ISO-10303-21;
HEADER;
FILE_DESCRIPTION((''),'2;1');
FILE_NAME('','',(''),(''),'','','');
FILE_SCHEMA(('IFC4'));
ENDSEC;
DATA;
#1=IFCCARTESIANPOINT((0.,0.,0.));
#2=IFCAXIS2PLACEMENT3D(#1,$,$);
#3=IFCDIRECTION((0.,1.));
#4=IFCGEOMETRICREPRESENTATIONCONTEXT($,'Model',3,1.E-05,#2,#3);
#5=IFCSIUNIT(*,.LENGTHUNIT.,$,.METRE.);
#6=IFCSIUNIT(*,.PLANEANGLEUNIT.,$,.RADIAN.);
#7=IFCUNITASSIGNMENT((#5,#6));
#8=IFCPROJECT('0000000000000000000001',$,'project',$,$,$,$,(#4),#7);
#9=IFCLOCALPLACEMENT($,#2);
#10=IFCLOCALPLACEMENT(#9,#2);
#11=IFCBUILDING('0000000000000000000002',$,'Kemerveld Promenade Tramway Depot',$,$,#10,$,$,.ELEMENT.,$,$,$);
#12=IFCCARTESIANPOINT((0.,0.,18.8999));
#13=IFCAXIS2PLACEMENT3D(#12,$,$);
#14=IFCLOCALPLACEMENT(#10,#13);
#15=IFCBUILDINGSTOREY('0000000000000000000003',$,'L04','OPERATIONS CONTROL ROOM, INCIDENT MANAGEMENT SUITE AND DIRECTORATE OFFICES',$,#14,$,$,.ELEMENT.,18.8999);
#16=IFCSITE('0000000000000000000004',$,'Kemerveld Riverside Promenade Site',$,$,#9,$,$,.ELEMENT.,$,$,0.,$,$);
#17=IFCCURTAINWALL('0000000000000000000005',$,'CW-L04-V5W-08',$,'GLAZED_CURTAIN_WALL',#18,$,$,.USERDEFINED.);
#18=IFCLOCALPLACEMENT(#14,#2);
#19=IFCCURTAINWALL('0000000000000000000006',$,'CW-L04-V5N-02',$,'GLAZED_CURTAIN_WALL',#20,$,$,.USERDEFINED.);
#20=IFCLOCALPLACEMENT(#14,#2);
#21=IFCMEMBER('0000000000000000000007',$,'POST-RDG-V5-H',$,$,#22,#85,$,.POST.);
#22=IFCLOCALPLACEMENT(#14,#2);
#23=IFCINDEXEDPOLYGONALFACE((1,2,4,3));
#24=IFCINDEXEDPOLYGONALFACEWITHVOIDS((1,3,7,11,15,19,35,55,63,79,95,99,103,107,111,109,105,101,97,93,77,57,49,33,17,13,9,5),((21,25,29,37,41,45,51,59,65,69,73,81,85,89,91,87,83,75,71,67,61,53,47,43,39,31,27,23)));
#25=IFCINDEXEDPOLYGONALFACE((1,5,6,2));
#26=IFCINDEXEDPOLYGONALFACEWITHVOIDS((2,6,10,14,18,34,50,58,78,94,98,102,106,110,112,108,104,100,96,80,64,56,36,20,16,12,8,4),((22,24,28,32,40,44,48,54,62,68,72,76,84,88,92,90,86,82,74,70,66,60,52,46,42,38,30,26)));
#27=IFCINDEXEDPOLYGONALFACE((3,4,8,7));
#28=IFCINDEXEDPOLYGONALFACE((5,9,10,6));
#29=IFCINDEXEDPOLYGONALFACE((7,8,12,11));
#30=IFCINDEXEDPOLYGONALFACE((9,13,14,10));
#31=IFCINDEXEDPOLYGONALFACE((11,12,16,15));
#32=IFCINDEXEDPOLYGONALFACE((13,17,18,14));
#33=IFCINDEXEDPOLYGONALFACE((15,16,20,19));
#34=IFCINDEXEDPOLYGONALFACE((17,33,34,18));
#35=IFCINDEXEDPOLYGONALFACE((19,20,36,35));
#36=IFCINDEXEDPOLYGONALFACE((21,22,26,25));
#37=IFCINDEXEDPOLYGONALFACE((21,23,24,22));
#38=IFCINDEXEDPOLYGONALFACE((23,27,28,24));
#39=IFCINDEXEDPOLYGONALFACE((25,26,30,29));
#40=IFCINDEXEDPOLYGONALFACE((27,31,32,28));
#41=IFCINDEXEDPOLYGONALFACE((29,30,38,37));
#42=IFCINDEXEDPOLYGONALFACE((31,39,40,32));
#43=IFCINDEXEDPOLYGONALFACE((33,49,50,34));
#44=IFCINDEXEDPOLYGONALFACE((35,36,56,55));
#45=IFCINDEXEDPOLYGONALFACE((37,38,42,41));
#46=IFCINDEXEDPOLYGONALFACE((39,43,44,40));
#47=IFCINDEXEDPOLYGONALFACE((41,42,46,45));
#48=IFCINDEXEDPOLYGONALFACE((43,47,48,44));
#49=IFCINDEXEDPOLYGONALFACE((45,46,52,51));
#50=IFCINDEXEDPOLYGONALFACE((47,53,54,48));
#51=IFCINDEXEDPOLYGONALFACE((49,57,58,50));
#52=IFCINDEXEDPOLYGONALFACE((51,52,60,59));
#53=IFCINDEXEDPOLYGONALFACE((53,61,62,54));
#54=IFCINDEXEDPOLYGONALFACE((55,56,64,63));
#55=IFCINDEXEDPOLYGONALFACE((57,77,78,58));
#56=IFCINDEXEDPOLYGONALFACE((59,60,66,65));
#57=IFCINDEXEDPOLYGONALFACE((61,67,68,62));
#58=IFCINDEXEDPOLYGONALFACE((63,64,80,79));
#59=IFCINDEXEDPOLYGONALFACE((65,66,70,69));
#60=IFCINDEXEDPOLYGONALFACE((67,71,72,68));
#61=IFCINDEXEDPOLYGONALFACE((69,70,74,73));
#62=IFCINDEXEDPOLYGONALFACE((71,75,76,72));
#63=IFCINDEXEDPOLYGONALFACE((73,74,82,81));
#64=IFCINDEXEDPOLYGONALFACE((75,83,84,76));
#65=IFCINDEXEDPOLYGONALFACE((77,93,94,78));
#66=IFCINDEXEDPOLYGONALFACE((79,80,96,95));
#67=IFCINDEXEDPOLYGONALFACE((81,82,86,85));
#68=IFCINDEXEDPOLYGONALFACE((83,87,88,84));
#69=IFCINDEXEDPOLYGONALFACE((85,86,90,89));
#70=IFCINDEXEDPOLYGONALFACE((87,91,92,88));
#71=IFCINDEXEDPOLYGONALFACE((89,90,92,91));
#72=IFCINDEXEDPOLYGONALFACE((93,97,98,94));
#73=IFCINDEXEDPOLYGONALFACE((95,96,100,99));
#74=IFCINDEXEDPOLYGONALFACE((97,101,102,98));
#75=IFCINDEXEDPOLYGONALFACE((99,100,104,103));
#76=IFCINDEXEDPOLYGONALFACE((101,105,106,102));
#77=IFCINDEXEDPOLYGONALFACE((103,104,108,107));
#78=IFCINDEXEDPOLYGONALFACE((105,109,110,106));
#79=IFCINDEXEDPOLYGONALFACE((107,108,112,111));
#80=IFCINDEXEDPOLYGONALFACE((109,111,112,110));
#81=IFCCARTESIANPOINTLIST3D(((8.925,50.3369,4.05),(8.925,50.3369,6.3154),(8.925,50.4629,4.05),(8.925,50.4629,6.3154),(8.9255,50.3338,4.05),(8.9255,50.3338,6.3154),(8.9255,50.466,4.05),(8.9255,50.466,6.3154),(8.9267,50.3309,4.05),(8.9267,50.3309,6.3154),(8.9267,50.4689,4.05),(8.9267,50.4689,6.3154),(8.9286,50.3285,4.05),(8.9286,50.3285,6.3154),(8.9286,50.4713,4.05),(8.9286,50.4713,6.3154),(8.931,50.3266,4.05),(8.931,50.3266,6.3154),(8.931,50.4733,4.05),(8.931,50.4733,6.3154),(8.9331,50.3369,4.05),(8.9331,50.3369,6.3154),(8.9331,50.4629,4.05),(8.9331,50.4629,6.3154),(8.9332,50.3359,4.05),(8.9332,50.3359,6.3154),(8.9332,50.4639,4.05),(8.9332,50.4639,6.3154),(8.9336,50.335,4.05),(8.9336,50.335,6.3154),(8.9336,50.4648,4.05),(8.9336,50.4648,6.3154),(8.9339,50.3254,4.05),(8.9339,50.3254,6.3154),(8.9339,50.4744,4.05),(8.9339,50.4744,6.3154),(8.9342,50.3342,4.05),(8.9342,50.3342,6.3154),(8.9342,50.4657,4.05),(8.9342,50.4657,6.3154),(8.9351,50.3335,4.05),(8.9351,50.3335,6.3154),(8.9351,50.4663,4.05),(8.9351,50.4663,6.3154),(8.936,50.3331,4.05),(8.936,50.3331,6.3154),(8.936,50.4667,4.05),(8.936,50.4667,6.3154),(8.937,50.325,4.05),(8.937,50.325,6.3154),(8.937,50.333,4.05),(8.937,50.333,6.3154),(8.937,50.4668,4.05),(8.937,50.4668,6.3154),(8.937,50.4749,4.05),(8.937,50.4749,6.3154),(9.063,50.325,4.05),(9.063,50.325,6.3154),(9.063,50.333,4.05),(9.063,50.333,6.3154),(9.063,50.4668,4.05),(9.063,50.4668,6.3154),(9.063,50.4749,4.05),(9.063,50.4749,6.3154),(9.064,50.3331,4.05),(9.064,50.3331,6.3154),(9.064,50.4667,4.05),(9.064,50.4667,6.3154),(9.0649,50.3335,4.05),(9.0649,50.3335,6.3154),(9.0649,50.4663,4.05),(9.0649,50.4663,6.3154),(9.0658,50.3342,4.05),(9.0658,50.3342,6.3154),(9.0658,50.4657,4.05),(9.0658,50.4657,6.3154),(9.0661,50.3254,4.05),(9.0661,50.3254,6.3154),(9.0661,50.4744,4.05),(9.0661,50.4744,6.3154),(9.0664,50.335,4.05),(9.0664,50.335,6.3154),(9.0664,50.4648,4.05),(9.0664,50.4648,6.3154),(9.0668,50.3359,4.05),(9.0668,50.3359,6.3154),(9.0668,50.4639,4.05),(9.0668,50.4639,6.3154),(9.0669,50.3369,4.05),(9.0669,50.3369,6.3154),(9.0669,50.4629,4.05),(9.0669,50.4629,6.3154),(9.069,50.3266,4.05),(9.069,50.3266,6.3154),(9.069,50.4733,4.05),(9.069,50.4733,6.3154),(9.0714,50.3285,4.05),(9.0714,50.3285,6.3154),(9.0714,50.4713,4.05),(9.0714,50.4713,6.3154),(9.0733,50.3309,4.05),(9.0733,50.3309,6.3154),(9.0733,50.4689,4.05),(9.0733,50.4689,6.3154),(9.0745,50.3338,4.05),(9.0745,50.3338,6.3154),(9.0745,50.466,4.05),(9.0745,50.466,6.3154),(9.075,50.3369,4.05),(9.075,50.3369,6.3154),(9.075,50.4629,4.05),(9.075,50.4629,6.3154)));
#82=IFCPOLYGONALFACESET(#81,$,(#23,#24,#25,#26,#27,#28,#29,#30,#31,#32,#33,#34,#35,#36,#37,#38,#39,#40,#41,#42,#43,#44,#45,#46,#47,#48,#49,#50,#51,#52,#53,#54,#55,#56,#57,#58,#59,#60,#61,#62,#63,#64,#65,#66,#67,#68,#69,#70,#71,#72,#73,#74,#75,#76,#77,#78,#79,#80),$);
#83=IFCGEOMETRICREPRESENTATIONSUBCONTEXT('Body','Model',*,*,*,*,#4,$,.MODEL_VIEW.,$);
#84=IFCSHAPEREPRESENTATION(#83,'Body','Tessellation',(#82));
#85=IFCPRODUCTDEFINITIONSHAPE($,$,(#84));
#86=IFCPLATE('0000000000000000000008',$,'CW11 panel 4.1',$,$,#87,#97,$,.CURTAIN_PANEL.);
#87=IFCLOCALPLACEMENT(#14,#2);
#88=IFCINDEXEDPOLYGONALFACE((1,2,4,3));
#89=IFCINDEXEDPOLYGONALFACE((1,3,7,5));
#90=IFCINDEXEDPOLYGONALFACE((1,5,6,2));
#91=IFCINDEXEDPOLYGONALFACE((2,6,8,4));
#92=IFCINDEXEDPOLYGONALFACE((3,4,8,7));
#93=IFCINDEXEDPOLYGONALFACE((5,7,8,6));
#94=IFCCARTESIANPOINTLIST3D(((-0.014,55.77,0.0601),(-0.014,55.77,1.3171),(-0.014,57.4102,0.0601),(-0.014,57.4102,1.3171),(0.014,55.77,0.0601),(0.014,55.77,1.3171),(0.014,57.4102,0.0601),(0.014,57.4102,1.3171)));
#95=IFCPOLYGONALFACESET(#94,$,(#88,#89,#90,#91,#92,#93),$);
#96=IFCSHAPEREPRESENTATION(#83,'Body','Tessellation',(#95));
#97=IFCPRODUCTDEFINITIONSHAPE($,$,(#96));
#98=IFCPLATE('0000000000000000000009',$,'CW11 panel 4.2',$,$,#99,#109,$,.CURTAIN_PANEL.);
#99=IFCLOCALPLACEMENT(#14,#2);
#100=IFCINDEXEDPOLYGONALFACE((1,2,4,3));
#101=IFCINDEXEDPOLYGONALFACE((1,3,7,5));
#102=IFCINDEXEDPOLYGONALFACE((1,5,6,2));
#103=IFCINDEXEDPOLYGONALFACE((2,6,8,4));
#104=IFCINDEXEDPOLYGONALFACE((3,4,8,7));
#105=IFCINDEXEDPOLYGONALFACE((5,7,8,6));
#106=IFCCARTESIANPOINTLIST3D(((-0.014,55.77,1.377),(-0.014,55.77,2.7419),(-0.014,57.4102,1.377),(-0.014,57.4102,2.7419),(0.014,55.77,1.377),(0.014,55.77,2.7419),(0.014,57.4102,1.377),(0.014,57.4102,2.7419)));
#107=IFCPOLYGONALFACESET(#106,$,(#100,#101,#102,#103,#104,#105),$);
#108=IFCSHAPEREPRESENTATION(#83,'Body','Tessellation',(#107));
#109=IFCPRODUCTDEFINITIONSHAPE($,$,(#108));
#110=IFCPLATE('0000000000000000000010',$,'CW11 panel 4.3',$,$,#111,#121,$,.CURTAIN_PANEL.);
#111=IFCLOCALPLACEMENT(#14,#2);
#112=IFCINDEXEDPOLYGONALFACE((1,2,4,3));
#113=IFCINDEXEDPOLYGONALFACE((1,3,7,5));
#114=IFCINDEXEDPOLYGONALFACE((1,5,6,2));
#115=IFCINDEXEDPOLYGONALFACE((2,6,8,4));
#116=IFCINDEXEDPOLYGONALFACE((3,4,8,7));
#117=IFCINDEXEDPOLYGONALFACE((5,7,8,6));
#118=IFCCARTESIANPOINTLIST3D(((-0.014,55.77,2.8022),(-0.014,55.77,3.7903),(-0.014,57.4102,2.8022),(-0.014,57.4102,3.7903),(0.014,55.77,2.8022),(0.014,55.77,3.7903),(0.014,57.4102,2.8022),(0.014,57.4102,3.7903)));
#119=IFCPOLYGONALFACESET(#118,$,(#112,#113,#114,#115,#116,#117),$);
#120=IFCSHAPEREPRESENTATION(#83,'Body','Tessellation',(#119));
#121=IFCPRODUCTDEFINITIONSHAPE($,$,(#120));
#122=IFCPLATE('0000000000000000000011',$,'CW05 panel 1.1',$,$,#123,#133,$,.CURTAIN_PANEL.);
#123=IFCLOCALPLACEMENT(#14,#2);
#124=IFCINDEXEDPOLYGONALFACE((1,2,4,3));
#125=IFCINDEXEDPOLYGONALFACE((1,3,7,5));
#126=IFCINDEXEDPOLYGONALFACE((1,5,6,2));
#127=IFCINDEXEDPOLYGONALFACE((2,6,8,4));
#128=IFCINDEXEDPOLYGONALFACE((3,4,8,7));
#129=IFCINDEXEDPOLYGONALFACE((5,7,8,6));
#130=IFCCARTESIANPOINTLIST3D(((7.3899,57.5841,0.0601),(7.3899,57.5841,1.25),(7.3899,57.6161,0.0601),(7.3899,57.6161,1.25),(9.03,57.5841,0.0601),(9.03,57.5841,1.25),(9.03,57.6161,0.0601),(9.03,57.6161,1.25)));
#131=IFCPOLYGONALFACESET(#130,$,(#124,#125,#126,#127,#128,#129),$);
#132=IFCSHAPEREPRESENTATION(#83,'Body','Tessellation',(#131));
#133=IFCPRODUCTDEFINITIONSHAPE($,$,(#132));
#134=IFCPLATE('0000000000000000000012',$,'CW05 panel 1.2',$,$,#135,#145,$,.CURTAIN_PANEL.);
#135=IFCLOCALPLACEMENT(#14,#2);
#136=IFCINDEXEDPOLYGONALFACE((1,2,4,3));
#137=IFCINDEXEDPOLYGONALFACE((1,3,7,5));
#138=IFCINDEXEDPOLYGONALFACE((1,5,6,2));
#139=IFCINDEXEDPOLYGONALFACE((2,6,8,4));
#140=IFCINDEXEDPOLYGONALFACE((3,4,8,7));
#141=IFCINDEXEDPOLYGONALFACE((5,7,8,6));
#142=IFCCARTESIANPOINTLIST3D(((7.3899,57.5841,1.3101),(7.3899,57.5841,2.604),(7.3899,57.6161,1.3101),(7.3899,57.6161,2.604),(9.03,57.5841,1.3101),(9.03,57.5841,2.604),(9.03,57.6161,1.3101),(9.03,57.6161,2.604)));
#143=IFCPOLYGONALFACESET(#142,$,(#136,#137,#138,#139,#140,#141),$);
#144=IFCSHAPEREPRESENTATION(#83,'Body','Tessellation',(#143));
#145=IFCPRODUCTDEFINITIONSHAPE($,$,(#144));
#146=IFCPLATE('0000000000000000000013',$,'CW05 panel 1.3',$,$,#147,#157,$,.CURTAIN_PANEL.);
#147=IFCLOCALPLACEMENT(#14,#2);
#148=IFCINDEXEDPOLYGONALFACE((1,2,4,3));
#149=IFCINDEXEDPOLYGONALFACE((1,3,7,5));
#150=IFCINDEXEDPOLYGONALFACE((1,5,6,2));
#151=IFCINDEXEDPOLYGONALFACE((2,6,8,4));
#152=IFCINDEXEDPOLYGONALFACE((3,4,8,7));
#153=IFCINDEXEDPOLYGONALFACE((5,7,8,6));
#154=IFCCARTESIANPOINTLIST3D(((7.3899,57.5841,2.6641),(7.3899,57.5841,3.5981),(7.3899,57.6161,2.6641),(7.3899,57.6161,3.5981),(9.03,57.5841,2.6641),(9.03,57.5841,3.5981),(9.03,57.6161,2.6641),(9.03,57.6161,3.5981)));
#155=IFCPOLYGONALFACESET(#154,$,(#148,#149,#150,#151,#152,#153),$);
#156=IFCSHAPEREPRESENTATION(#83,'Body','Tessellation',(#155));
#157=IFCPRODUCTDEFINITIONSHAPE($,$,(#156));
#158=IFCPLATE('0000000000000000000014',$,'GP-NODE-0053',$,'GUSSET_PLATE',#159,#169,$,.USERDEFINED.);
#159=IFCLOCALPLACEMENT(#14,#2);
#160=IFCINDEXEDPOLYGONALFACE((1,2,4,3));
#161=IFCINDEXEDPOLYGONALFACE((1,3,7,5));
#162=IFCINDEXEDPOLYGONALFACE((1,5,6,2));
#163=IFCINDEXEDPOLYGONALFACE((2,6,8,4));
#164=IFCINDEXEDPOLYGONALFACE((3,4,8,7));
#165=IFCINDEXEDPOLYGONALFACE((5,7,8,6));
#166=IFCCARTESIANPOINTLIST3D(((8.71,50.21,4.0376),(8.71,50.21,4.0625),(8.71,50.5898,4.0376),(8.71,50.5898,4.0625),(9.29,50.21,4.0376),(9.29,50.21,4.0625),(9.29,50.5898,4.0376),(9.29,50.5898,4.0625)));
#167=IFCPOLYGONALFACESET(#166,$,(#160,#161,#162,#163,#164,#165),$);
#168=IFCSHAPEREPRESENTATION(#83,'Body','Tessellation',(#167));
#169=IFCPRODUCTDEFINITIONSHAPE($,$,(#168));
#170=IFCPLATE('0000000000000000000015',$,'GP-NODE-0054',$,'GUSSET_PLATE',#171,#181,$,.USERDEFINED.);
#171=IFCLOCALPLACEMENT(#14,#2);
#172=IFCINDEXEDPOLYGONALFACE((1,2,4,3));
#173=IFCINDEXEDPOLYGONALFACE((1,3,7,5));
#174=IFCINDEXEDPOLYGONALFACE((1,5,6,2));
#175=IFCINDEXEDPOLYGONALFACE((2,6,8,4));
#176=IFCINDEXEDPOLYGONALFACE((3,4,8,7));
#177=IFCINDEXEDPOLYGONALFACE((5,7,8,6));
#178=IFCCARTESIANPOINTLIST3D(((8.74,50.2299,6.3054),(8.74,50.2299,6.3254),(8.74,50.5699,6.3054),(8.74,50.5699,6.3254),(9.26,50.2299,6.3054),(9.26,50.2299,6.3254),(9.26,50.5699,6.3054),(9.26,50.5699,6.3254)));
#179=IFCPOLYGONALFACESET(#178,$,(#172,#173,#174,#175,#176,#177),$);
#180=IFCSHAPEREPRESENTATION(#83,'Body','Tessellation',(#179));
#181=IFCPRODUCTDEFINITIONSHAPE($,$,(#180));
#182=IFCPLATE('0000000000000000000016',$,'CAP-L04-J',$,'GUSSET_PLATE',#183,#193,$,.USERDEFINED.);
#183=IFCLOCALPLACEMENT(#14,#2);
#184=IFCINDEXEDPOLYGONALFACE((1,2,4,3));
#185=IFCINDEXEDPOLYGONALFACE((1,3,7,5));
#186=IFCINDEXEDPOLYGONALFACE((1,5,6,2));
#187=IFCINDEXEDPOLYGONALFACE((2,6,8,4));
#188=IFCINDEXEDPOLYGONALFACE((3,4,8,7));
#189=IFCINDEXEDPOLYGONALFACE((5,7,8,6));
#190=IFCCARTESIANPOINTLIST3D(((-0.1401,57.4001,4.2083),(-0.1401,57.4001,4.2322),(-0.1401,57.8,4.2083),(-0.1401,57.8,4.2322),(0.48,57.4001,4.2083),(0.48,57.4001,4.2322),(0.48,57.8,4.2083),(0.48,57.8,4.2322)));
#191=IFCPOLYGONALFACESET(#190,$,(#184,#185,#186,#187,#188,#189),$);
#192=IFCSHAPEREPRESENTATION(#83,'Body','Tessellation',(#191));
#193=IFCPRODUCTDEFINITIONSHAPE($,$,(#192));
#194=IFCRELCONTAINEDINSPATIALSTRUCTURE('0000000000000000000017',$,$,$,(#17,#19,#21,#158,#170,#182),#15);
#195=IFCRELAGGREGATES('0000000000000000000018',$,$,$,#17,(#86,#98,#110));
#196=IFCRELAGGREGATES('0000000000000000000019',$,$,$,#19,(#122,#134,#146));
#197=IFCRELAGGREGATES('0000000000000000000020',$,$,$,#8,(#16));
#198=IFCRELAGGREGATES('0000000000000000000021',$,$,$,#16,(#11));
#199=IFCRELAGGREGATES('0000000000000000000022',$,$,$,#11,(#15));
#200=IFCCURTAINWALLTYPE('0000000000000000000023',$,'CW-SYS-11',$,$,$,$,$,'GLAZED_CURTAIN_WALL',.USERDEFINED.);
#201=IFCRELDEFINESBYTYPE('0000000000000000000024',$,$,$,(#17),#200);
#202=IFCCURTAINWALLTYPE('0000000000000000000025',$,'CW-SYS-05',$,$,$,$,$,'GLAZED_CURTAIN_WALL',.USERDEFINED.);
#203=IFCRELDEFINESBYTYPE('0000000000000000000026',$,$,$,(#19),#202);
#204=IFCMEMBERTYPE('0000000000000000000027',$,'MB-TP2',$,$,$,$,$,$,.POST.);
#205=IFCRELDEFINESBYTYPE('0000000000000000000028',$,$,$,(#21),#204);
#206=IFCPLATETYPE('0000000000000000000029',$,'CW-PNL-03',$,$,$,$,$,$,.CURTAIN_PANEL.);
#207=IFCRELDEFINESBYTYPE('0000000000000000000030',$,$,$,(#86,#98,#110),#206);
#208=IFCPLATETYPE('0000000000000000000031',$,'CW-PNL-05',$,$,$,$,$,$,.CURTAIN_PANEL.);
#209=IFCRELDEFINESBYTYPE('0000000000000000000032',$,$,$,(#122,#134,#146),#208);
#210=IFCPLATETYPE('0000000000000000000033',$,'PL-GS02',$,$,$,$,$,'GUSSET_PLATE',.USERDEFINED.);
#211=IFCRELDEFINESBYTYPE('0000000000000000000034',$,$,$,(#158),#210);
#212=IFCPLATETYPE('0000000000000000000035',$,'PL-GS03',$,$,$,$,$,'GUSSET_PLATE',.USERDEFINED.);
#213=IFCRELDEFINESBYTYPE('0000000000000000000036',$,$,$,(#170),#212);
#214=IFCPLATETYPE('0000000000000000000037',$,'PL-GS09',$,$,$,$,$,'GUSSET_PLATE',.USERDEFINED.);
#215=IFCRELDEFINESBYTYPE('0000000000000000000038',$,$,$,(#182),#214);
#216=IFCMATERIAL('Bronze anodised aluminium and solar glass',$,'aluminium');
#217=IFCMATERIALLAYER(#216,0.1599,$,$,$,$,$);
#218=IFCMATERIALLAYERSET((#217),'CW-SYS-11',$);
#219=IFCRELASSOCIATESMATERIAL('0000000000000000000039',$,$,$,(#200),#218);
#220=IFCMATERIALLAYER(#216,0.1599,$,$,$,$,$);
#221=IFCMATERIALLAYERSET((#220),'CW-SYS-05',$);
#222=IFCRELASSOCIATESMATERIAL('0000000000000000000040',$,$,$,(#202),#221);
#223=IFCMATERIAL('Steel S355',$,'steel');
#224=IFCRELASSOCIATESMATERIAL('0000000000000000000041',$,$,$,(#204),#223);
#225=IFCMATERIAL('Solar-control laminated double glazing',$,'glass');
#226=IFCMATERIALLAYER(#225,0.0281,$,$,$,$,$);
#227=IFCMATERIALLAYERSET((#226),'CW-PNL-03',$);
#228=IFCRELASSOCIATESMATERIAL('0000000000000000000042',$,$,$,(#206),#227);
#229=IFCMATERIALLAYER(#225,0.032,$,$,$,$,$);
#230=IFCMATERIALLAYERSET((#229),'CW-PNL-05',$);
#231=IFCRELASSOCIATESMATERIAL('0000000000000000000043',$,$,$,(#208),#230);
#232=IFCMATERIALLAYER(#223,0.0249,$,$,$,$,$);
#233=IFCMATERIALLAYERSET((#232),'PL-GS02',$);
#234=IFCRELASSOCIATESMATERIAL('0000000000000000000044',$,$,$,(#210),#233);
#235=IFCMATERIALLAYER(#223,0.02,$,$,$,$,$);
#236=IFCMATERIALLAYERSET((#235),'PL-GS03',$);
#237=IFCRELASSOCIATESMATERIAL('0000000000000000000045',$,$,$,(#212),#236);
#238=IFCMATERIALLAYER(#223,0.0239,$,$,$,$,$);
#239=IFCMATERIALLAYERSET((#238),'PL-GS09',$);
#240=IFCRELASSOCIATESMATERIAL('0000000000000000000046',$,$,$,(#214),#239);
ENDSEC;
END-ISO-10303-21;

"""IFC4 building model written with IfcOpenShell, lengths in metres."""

from ifc_helpers import new_model, si_unit, direction, frame, origin, origin_2d, place, context, subcontext, project, spatial, rectangle, hollow_rectangle, extrude, material, layer, layer_set, material_profile, profile_set, type_object, element, aggregate, save


model = new_model("IFC4")

# Units and contexts
model_context = context("Model", 3, precision=1e-05, world=origin(), true_north=direction((0.0, 1.0)))
body_context = subcontext(model_context, "Body", "Model", "MODEL_VIEW")
ifc_project = project(units=[si_unit("LENGTHUNIT", "METRE"), si_unit("PLANEANGLEUNIT", "RADIAN")], contexts=[model_context])

# Site, building, storey
site_placement = place(None, origin())
site = spatial("IfcSite", under=ifc_project, at=site_placement, Name="Kemerveld Riverside Promenade Site", CompositionType="ELEMENT", RefElevation=0.0)
building_placement = place(site_placement, origin())
building = spatial("IfcBuilding", under=site, at=building_placement, Name="Kemerveld Promenade Tramway Depot", CompositionType="ELEMENT")
storey_placement = place(building_placement, frame((0.0, 0.0, 18.8999)))
storey = spatial("IfcBuildingStorey", under=building, at=storey_placement, Name="L04", Description="OPERATIONS CONTROL ROOM, INCIDENT MANAGEMENT SUITE AND DIRECTORATE OFFICES", CompositionType="ELEMENT", Elevation=18.8999)

# Shared definitions
ifc_material_1 = material(Name="Steel S355", Category="steel")

# Curtain walls
ifc_material_2 = material(Name="Bronze anodised aluminium and solar glass", Category="aluminium")
ifc_layer_1 = layer(ifc_material_2, 0.1599)
ifc_layer_set_1 = layer_set([ifc_layer_1], Name="CW-SYS-11")
curtain_wall_type_1 = type_object("IfcCurtainWallType", Name="CW-SYS-11", ElementType="GLAZED_CURTAIN_WALL", PredefinedType="USERDEFINED", material=ifc_layer_set_1)
curtain_wall_1_placement = place(storey_placement, origin())
curtain_wall_1 = element("IfcCurtainWall", 1, at=curtain_wall_1_placement, inside=storey, type_object=curtain_wall_type_1, Name="CW-L04-V5W-08", ObjectType="GLAZED_CURTAIN_WALL", PredefinedType="USERDEFINED")
ifc_layer_2 = layer(ifc_material_2, 0.1599)
ifc_layer_set_2 = layer_set([ifc_layer_2], Name="CW-SYS-05")
curtain_wall_type_2 = type_object("IfcCurtainWallType", Name="CW-SYS-05", ElementType="GLAZED_CURTAIN_WALL", PredefinedType="USERDEFINED", material=ifc_layer_set_2)
curtain_wall_2_placement = place(storey_placement, origin())
curtain_wall_2 = element("IfcCurtainWall", 2, at=curtain_wall_2_placement, inside=storey, type_object=curtain_wall_type_2, Name="CW-L04-V5N-02", ObjectType="GLAZED_CURTAIN_WALL", PredefinedType="USERDEFINED")

# Member
ifc_material_profile_1 = material_profile(ifc_material_1, hollow_rectangle(XDim=0.1499, YDim=0.1499, WallThickness=0.0081, InnerFilletRadius=0.0039, OuterFilletRadius=0.012, at=origin_2d()), Name="150x150x8.0 SHS")
ifc_profile_set_1 = profile_set([ifc_material_profile_1], Name="Steel S355")
member_type_1 = type_object("IfcMemberType", Name="MB-TP2", PredefinedType="POST", material=ifc_profile_set_1)
member_1_placement = place(storey_placement, frame((9.0, 50.3999, 4.05), z_axis=(0.0, 0.0, 1.0), x_axis=(1.0, 0.0, 0.0)))
element("IfcMember", 3, at=member_1_placement, inside=storey, type_object=member_type_1, Name="POST-RDG-V5-H", PredefinedType="POST", context=body_context, shape_type="SweptSolid", body=[
    extrude(hollow_rectangle(XDim=0.1499, YDim=0.1499, WallThickness=0.0081, InnerFilletRadius=0.0039, OuterFilletRadius=0.012, at=origin_2d()), origin(), (0.0, 0.0, 1.0), 2.2654),
])

# Plates
ifc_material_3 = material(Name="Solar-control laminated double glazing", Category="glass")
ifc_layer_3 = layer(ifc_material_3, 0.0281)
ifc_layer_set_3 = layer_set([ifc_layer_3], Name="CW-PNL-03")
plate_type_1 = type_object("IfcPlateType", Name="CW-PNL-03", PredefinedType="CURTAIN_PANEL", material=ifc_layer_set_3)
plate_1_placement = place(storey_placement, frame((0.0, 56.5901, 0.0601), z_axis=(0.0, 0.0, 1.0), x_axis=(0.0, 1.0, 0.0)))
plate_1 = element("IfcPlate", 4, at=plate_1_placement, type_object=plate_type_1, Name="CW11 panel 4.1", PredefinedType="CURTAIN_PANEL", context=body_context, shape_type="SweptSolid", body=[
    extrude(rectangle(XDim=1.6401, YDim=0.0281, at=origin_2d()), origin(), (0.0, 0.0, 1.0), 1.2571),
])
plate_2_placement = place(storey_placement, frame((0.0, 56.5901, 1.377), z_axis=(0.0, 0.0, 1.0), x_axis=(0.0, 1.0, 0.0)))
plate_2 = element("IfcPlate", 5, at=plate_2_placement, type_object=plate_type_1, Name="CW11 panel 4.2", PredefinedType="CURTAIN_PANEL", context=body_context, shape_type="SweptSolid", body=[
    extrude(rectangle(XDim=1.6401, YDim=0.0281, at=origin_2d()), origin(), (0.0, 0.0, 1.0), 1.365),
])
plate_3_placement = place(storey_placement, frame((0.0, 56.5901, 2.8022), z_axis=(0.0, 0.0, 1.0), x_axis=(0.0, 1.0, 0.0)))
plate_3 = element("IfcPlate", 6, at=plate_3_placement, type_object=plate_type_1, Name="CW11 panel 4.3", PredefinedType="CURTAIN_PANEL", context=body_context, shape_type="SweptSolid", body=[
    extrude(rectangle(XDim=1.6401, YDim=0.0281, at=origin_2d()), origin(), (0.0, 0.0, 1.0), 0.988),
])
aggregate(curtain_wall_1, [plate_1, plate_2, plate_3])
ifc_layer_4 = layer(ifc_material_3, 0.032)
ifc_layer_set_4 = layer_set([ifc_layer_4], Name="CW-PNL-05")
plate_type_2 = type_object("IfcPlateType", Name="CW-PNL-05", PredefinedType="CURTAIN_PANEL", material=ifc_layer_set_4)
plate_4_placement = place(storey_placement, frame((8.21, 57.6001, 0.0601), z_axis=(0.0, 0.0, 1.0), x_axis=(1.0, 0.0, 0.0)))
plate_4 = element("IfcPlate", 7, at=plate_4_placement, type_object=plate_type_2, Name="CW05 panel 1.1", PredefinedType="CURTAIN_PANEL", context=body_context, shape_type="SweptSolid", body=[
    extrude(rectangle(XDim=1.6401, YDim=0.032, at=origin_2d()), origin(), (0.0, 0.0, 1.0), 1.1899),
])
plate_5_placement = place(storey_placement, frame((8.21, 57.6001, 1.3101), z_axis=(0.0, 0.0, 1.0), x_axis=(1.0, 0.0, 0.0)))
plate_5 = element("IfcPlate", 8, at=plate_5_placement, type_object=plate_type_2, Name="CW05 panel 1.2", PredefinedType="CURTAIN_PANEL", context=body_context, shape_type="SweptSolid", body=[
    extrude(rectangle(XDim=1.6401, YDim=0.032, at=origin_2d()), origin(), (0.0, 0.0, 1.0), 1.2939),
])
plate_6_placement = place(storey_placement, frame((8.21, 57.6001, 2.6641), z_axis=(0.0, 0.0, 1.0), x_axis=(1.0, 0.0, 0.0)))
plate_6 = element("IfcPlate", 9, at=plate_6_placement, type_object=plate_type_2, Name="CW05 panel 1.3", PredefinedType="CURTAIN_PANEL", context=body_context, shape_type="SweptSolid", body=[
    extrude(rectangle(XDim=1.6401, YDim=0.032, at=origin_2d()), origin(), (0.0, 0.0, 1.0), 0.9341),
])
aggregate(curtain_wall_2, [plate_4, plate_5, plate_6])

# Plates
ifc_layer_5 = layer(ifc_material_1, 0.0249)
ifc_layer_set_5 = layer_set([ifc_layer_5], Name="PL-GS02")
plate_type_3 = type_object("IfcPlateType", Name="PL-GS02", ElementType="GUSSET_PLATE", PredefinedType="USERDEFINED", material=ifc_layer_set_5)
plate_7_placement = place(storey_placement, frame((9.0, 50.3999, 4.0376), z_axis=(0.0, 0.0, 1.0), x_axis=(1.0, 0.0, 0.0)))
element("IfcPlate", 10, at=plate_7_placement, inside=storey, type_object=plate_type_3, Name="GP-NODE-0053", ObjectType="GUSSET_PLATE", PredefinedType="USERDEFINED", context=body_context, shape_type="SweptSolid", body=[
    extrude(rectangle(XDim=0.5801, YDim=0.3799, at=origin_2d()), origin(), (0.0, 0.0, 1.0), 0.0249),
])
ifc_layer_6 = layer(ifc_material_1, 0.02)
ifc_layer_set_6 = layer_set([ifc_layer_6], Name="PL-GS03")
plate_type_4 = type_object("IfcPlateType", Name="PL-GS03", ElementType="GUSSET_PLATE", PredefinedType="USERDEFINED", material=ifc_layer_set_6)
plate_8_placement = place(storey_placement, frame((9.0, 50.3999, 6.3054), z_axis=(0.0, 0.0, 1.0), x_axis=(1.0, 0.0, 0.0)))
element("IfcPlate", 11, at=plate_8_placement, inside=storey, type_object=plate_type_4, Name="GP-NODE-0054", ObjectType="GUSSET_PLATE", PredefinedType="USERDEFINED", context=body_context, shape_type="SweptSolid", body=[
    extrude(rectangle(XDim=0.52, YDim=0.3401, at=origin_2d()), origin(), (0.0, 0.0, 1.0), 0.02),
])
ifc_layer_7 = layer(ifc_material_1, 0.0239)
ifc_layer_set_7 = layer_set([ifc_layer_7], Name="PL-GS09")
plate_type_5 = type_object("IfcPlateType", Name="PL-GS09", ElementType="GUSSET_PLATE", PredefinedType="USERDEFINED", material=ifc_layer_set_7)
plate_9_placement = place(storey_placement, frame((0.1699, 57.6001, 4.2083), z_axis=(0.0, 0.0, 1.0), x_axis=(1.0, 0.0, 0.0)))
element("IfcPlate", 12, at=plate_9_placement, inside=storey, type_object=plate_type_5, Name="CAP-L04-J", ObjectType="GUSSET_PLATE", PredefinedType="USERDEFINED", context=body_context, shape_type="SweptSolid", body=[
    extrude(rectangle(XDim=0.6201, YDim=0.3999, at=origin_2d()), origin(), (0.0, 0.0, 1.0), 0.0239),
])

save(model, "model.ifc")
